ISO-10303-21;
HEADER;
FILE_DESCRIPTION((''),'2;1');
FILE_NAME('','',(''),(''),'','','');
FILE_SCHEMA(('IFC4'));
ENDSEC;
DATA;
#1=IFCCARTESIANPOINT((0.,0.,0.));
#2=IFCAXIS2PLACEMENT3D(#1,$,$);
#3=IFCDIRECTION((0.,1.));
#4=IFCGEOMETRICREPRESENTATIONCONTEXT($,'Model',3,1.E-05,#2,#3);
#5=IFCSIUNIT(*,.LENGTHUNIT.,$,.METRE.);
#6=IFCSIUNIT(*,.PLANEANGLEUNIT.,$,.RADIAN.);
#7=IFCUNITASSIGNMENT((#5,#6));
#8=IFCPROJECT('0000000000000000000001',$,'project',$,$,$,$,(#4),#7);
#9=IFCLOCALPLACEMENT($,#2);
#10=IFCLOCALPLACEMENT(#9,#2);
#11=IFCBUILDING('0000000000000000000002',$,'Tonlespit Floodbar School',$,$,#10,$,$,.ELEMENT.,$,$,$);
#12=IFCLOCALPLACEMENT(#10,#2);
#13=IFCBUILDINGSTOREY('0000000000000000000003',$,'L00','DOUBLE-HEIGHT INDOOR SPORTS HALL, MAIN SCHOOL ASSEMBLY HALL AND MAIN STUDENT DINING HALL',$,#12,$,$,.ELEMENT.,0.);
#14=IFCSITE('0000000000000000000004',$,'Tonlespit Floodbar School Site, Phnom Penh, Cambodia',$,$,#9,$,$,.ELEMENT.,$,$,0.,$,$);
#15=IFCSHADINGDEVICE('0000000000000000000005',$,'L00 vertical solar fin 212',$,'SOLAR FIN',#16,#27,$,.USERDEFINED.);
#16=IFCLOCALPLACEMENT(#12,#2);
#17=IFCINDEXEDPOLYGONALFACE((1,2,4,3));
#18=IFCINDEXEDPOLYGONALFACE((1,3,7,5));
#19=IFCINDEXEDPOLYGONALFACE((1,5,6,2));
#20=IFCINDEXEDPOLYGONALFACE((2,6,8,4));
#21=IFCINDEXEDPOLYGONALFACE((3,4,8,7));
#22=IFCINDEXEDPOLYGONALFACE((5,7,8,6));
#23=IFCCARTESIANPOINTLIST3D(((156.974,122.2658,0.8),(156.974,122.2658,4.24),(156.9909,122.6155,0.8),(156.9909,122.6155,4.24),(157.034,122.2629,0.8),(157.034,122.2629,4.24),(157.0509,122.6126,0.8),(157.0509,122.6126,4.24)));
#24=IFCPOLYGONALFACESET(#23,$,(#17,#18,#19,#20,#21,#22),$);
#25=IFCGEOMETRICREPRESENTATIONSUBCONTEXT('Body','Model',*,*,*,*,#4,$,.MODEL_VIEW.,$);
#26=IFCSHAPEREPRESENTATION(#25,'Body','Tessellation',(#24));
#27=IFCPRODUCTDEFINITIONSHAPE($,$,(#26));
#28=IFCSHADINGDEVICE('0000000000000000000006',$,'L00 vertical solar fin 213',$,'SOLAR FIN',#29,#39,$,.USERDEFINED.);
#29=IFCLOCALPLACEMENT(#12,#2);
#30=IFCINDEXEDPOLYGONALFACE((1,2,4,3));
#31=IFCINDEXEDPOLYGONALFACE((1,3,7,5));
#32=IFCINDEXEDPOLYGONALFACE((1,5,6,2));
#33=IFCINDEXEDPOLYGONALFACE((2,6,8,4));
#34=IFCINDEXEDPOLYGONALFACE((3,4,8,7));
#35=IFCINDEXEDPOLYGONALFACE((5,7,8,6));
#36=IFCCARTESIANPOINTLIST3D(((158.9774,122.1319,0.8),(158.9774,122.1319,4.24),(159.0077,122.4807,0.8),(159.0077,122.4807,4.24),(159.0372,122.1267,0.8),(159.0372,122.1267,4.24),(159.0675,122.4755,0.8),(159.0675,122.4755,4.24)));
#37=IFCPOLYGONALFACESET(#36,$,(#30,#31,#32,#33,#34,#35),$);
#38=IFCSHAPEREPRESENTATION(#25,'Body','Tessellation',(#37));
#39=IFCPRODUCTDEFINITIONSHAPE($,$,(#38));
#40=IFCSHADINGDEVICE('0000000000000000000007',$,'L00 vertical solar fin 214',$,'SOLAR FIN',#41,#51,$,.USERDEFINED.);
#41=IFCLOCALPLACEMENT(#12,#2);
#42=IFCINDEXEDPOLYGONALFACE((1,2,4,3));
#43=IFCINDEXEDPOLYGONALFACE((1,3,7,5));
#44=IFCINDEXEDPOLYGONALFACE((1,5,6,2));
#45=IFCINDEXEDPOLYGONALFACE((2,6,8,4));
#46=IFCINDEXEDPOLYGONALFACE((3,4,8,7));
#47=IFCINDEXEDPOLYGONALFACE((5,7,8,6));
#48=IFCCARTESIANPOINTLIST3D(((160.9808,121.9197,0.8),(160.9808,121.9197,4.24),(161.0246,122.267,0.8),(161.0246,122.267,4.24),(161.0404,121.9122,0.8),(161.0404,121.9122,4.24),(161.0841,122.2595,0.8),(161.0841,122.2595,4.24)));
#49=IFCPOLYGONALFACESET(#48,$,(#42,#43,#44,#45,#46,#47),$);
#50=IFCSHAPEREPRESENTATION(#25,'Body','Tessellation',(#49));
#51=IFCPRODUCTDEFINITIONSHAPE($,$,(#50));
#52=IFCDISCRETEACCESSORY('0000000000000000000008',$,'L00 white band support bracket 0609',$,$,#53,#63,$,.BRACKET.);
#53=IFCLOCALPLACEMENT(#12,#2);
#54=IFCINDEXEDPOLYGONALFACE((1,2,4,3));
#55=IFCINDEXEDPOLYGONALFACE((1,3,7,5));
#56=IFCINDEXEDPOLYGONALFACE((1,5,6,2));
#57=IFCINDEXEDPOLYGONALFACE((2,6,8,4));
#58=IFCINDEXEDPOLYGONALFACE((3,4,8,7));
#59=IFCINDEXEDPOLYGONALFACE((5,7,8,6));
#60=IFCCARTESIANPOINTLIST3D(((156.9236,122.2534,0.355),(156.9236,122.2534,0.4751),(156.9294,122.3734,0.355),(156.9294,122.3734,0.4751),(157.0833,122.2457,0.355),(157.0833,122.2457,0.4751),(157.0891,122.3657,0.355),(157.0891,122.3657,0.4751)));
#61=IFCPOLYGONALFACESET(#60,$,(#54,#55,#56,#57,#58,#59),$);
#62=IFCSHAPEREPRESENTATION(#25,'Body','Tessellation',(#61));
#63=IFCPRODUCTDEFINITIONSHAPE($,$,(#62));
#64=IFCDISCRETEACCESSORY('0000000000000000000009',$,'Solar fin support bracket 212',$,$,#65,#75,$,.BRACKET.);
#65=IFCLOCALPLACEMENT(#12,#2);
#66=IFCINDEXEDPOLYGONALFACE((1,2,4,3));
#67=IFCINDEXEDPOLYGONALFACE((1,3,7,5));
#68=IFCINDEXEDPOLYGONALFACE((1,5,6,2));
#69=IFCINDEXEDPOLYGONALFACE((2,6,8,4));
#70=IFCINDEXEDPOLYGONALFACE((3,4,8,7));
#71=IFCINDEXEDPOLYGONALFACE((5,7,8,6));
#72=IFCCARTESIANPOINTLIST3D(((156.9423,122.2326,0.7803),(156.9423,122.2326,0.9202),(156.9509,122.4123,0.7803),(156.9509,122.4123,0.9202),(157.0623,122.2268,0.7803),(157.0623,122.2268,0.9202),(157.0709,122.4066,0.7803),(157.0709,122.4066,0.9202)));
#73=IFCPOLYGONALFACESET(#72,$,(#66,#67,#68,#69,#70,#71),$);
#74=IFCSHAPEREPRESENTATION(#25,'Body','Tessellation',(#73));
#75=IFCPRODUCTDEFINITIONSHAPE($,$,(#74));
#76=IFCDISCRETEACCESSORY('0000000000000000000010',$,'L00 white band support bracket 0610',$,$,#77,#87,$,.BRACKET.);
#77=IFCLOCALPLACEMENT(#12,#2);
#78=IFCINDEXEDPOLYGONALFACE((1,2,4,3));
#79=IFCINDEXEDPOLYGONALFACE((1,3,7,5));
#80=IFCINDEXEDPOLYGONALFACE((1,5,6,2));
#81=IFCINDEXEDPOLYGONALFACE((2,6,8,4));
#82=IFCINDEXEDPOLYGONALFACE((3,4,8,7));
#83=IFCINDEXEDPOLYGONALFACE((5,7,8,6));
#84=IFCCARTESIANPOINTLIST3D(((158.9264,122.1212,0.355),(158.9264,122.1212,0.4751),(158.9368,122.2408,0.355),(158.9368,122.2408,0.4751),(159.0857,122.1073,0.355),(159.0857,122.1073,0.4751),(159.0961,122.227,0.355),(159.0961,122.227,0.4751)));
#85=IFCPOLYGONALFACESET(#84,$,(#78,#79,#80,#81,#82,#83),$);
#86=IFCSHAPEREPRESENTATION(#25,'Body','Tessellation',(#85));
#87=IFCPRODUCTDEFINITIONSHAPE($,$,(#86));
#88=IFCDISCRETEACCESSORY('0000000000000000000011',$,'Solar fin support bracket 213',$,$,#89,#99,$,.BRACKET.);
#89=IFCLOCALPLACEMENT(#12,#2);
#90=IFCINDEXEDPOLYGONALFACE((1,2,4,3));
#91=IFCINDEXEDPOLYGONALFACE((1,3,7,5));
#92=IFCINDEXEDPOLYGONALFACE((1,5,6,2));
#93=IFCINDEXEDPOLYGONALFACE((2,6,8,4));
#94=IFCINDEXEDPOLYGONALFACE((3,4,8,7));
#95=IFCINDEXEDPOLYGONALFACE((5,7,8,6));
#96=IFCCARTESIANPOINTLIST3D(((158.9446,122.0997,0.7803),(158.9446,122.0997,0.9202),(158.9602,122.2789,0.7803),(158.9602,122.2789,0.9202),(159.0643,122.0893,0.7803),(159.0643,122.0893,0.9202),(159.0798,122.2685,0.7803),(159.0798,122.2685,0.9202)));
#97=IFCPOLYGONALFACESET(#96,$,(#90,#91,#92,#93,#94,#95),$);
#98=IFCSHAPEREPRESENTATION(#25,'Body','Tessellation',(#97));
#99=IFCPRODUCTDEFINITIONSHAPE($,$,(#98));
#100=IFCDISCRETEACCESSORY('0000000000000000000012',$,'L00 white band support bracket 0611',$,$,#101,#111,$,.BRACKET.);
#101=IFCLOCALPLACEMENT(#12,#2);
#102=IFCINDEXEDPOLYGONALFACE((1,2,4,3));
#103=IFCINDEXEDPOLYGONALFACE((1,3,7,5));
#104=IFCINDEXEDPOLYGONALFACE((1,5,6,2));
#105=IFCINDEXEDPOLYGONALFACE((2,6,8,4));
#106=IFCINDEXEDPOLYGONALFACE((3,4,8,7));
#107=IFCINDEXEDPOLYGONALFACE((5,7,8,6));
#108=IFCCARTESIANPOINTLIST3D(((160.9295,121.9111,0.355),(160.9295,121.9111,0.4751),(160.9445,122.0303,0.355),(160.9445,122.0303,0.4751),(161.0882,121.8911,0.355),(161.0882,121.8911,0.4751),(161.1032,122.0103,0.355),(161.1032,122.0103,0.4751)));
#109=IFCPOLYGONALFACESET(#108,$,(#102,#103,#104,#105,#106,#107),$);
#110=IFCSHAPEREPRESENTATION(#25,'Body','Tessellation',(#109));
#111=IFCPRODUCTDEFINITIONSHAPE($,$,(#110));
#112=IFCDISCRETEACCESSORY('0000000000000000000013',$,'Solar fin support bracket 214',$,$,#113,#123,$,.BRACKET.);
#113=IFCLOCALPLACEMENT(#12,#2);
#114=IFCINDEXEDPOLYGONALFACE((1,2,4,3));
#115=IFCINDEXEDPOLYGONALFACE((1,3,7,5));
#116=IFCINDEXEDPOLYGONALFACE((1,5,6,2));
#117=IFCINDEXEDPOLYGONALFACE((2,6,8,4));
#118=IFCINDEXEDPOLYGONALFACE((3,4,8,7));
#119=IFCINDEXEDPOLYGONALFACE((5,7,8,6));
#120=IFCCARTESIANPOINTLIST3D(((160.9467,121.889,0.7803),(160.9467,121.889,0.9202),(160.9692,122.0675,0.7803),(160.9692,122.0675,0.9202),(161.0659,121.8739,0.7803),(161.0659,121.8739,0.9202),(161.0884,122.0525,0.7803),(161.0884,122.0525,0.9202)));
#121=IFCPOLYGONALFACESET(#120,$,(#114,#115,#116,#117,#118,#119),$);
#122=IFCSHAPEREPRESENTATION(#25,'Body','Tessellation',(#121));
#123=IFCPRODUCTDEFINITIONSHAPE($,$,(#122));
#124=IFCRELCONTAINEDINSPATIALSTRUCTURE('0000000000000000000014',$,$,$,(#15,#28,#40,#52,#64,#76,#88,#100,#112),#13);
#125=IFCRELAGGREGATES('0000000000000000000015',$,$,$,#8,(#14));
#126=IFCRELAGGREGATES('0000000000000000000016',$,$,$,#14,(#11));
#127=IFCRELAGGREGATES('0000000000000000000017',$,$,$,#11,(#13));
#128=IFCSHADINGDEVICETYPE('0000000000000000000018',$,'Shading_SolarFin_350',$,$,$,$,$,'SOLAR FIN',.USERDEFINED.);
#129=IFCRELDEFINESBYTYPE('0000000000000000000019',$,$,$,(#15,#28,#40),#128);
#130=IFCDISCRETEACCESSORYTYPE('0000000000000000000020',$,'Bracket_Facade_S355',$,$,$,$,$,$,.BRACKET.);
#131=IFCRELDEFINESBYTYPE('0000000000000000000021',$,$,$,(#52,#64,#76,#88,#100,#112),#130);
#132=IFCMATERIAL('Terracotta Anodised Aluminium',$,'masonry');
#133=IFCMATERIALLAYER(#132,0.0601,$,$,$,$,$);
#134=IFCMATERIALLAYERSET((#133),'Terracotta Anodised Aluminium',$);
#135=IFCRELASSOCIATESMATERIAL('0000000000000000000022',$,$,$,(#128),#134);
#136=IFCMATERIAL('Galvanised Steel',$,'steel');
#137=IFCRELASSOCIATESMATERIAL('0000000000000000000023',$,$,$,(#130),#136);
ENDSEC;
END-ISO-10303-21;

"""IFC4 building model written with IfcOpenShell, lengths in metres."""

from ifc_helpers import new_model, si_unit, direction, frame, origin, origin_2d, place, context, subcontext, project, spatial, rectangle, extrude, material, layer, layer_set, type_object, element, save


model = new_model("IFC4")

# Units and contexts
model_context = context("Model", 3, precision=1e-05, world=origin(), true_north=direction((0.0, 1.0)))
body_context = subcontext(model_context, "Body", "Model", "MODEL_VIEW")
ifc_project = project(units=[si_unit("LENGTHUNIT", "METRE"), si_unit("PLANEANGLEUNIT", "RADIAN")], contexts=[model_context])

# Site, building, storey
site_placement = place(None, origin())
site = spatial("IfcSite", under=ifc_project, at=site_placement, Name="Tonlespit Floodbar School Site, Phnom Penh, Cambodia", CompositionType="ELEMENT", RefElevation=0.0)
building_placement = place(site_placement, origin())
building = spatial("IfcBuilding", under=site, at=building_placement, Name="Tonlespit Floodbar School", CompositionType="ELEMENT")
storey_placement = place(building_placement, origin())
storey = spatial("IfcBuildingStorey", under=building, at=storey_placement, Name="L00", Description="DOUBLE-HEIGHT INDOOR SPORTS HALL, MAIN SCHOOL ASSEMBLY HALL AND MAIN STUDENT DINING HALL", CompositionType="ELEMENT", Elevation=0.0)

# Shading devices
ifc_material_1 = material(Name="Terracotta Anodised Aluminium", Category="masonry")
ifc_layer_1 = layer(ifc_material_1, 0.0601)
ifc_layer_set_1 = layer_set([ifc_layer_1], Name="Terracotta Anodised Aluminium")
shading_device_type = type_object("IfcShadingDeviceType", Name="Shading_SolarFin_350", ElementType="SOLAR FIN", PredefinedType="USERDEFINED", material=ifc_layer_set_1)
for number, where, z_axis, x_axis, name in (
    (1, (157.0125, 122.4392, 0.8), (0.0, 0.0, 1.0), (0.998843, -0.048095, 0.0), "L00 vertical solar fin 212"),
    (2, (159.0225, 122.3037, 0.8), (0.0, 0.0, 1.0), (0.996245, -0.086573, 0.0), "L00 vertical solar fin 213"),
    (3, (161.0325, 122.0896, 0.8), (0.0, 0.0, 1.0), (0.992155, -0.125011, 0.0), "L00 vertical solar fin 214"),
):
    element("IfcShadingDevice", number, at=place(storey_placement, frame(where, z_axis=z_axis, x_axis=x_axis)), inside=storey, type_object=shading_device_type, Name=name, ObjectType="SOLAR FIN", PredefinedType="USERDEFINED", context=body_context, shape_type="SweptSolid", body=[
        extrude(rectangle(XDim=0.0601, YDim=0.3501, at=origin_2d()), origin(), (0.0, 0.0, 1.0), 3.4399),
    ])

# Discrete accessories
ifc_material_2 = material(Name="Galvanised Steel", Category="steel")
discrete_accessory_type = type_object("IfcDiscreteAccessoryType", Name="Bracket_Facade_S355", PredefinedType="BRACKET", material=ifc_material_2)
discrete_accessory_1_placement = place(storey_placement, frame((157.0063, 122.3096, 0.355), z_axis=(0.0, 0.0, 1.0), x_axis=(0.998843, -0.048095, 0.0)))
element("IfcDiscreteAccessory", 4, at=discrete_accessory_1_placement, inside=storey, type_object=discrete_accessory_type, Name="L00 white band support bracket 0609", PredefinedType="BRACKET", context=body_context, shape_type="SweptSolid", body=[
    extrude(rectangle(XDim=0.1599, YDim=0.1201, at=origin_2d()), origin(), (0.0, 0.0, 1.0), 0.1201),
])
discrete_accessory_2_placement = place(storey_placement, frame((157.0066, 122.3196, 0.7803), z_axis=(0.0, 0.0, 1.0), x_axis=(0.998843, -0.048095, 0.0)))
element("IfcDiscreteAccessory", 5, at=discrete_accessory_2_placement, inside=storey, type_object=discrete_accessory_type, Name="Solar fin support bracket 212", PredefinedType="BRACKET", context=body_context, shape_type="SweptSolid", body=[
    extrude(rectangle(XDim=0.1201, YDim=0.1799, at=origin_2d()), origin(), (0.0, 0.0, 1.0), 0.1399),
])
discrete_accessory_3_placement = place(storey_placement, frame((159.0112, 122.1741, 0.355), z_axis=(0.0, 0.0, 1.0), x_axis=(0.996245, -0.086573, 0.0)))
element("IfcDiscreteAccessory", 6, at=discrete_accessory_3_placement, inside=storey, type_object=discrete_accessory_type, Name="L00 white band support bracket 0610", PredefinedType="BRACKET", context=body_context, shape_type="SweptSolid", body=[
    extrude(rectangle(XDim=0.1599, YDim=0.1201, at=origin_2d()), origin(), (0.0, 0.0, 1.0), 0.1201),
])
discrete_accessory_4_placement = place(storey_placement, frame((159.0122, 122.1841, 0.7803), z_axis=(0.0, 0.0, 1.0), x_axis=(0.996245, -0.086573, 0.0)))
element("IfcDiscreteAccessory", 7, at=discrete_accessory_4_placement, inside=storey, type_object=discrete_accessory_type, Name="Solar fin support bracket 213", PredefinedType="BRACKET", context=body_context, shape_type="SweptSolid", body=[
    extrude(rectangle(XDim=0.1201, YDim=0.1799, at=origin_2d()), origin(), (0.0, 0.0, 1.0), 0.1399),
])
discrete_accessory_5_placement = place(storey_placement, frame((161.0164, 121.9607, 0.355), z_axis=(0.0, 0.0, 1.0), x_axis=(0.992155, -0.125011, 0.0)))
element("IfcDiscreteAccessory", 8, at=discrete_accessory_5_placement, inside=storey, type_object=discrete_accessory_type, Name="L00 white band support bracket 0611", PredefinedType="BRACKET", context=body_context, shape_type="SweptSolid", body=[
    extrude(rectangle(XDim=0.1599, YDim=0.1201, at=origin_2d()), origin(), (0.0, 0.0, 1.0), 0.1201),
])
discrete_accessory_6_placement = place(storey_placement, frame((161.0176, 121.9707, 0.7803), z_axis=(0.0, 0.0, 1.0), x_axis=(0.992155, -0.125011, 0.0)))
element("IfcDiscreteAccessory", 9, at=discrete_accessory_6_placement, inside=storey, type_object=discrete_accessory_type, Name="Solar fin support bracket 214", PredefinedType="BRACKET", context=body_context, shape_type="SweptSolid", body=[
    extrude(rectangle(XDim=0.1201, YDim=0.1799, at=origin_2d()), origin(), (0.0, 0.0, 1.0), 0.1399),
])

save(model, "model.ifc")
